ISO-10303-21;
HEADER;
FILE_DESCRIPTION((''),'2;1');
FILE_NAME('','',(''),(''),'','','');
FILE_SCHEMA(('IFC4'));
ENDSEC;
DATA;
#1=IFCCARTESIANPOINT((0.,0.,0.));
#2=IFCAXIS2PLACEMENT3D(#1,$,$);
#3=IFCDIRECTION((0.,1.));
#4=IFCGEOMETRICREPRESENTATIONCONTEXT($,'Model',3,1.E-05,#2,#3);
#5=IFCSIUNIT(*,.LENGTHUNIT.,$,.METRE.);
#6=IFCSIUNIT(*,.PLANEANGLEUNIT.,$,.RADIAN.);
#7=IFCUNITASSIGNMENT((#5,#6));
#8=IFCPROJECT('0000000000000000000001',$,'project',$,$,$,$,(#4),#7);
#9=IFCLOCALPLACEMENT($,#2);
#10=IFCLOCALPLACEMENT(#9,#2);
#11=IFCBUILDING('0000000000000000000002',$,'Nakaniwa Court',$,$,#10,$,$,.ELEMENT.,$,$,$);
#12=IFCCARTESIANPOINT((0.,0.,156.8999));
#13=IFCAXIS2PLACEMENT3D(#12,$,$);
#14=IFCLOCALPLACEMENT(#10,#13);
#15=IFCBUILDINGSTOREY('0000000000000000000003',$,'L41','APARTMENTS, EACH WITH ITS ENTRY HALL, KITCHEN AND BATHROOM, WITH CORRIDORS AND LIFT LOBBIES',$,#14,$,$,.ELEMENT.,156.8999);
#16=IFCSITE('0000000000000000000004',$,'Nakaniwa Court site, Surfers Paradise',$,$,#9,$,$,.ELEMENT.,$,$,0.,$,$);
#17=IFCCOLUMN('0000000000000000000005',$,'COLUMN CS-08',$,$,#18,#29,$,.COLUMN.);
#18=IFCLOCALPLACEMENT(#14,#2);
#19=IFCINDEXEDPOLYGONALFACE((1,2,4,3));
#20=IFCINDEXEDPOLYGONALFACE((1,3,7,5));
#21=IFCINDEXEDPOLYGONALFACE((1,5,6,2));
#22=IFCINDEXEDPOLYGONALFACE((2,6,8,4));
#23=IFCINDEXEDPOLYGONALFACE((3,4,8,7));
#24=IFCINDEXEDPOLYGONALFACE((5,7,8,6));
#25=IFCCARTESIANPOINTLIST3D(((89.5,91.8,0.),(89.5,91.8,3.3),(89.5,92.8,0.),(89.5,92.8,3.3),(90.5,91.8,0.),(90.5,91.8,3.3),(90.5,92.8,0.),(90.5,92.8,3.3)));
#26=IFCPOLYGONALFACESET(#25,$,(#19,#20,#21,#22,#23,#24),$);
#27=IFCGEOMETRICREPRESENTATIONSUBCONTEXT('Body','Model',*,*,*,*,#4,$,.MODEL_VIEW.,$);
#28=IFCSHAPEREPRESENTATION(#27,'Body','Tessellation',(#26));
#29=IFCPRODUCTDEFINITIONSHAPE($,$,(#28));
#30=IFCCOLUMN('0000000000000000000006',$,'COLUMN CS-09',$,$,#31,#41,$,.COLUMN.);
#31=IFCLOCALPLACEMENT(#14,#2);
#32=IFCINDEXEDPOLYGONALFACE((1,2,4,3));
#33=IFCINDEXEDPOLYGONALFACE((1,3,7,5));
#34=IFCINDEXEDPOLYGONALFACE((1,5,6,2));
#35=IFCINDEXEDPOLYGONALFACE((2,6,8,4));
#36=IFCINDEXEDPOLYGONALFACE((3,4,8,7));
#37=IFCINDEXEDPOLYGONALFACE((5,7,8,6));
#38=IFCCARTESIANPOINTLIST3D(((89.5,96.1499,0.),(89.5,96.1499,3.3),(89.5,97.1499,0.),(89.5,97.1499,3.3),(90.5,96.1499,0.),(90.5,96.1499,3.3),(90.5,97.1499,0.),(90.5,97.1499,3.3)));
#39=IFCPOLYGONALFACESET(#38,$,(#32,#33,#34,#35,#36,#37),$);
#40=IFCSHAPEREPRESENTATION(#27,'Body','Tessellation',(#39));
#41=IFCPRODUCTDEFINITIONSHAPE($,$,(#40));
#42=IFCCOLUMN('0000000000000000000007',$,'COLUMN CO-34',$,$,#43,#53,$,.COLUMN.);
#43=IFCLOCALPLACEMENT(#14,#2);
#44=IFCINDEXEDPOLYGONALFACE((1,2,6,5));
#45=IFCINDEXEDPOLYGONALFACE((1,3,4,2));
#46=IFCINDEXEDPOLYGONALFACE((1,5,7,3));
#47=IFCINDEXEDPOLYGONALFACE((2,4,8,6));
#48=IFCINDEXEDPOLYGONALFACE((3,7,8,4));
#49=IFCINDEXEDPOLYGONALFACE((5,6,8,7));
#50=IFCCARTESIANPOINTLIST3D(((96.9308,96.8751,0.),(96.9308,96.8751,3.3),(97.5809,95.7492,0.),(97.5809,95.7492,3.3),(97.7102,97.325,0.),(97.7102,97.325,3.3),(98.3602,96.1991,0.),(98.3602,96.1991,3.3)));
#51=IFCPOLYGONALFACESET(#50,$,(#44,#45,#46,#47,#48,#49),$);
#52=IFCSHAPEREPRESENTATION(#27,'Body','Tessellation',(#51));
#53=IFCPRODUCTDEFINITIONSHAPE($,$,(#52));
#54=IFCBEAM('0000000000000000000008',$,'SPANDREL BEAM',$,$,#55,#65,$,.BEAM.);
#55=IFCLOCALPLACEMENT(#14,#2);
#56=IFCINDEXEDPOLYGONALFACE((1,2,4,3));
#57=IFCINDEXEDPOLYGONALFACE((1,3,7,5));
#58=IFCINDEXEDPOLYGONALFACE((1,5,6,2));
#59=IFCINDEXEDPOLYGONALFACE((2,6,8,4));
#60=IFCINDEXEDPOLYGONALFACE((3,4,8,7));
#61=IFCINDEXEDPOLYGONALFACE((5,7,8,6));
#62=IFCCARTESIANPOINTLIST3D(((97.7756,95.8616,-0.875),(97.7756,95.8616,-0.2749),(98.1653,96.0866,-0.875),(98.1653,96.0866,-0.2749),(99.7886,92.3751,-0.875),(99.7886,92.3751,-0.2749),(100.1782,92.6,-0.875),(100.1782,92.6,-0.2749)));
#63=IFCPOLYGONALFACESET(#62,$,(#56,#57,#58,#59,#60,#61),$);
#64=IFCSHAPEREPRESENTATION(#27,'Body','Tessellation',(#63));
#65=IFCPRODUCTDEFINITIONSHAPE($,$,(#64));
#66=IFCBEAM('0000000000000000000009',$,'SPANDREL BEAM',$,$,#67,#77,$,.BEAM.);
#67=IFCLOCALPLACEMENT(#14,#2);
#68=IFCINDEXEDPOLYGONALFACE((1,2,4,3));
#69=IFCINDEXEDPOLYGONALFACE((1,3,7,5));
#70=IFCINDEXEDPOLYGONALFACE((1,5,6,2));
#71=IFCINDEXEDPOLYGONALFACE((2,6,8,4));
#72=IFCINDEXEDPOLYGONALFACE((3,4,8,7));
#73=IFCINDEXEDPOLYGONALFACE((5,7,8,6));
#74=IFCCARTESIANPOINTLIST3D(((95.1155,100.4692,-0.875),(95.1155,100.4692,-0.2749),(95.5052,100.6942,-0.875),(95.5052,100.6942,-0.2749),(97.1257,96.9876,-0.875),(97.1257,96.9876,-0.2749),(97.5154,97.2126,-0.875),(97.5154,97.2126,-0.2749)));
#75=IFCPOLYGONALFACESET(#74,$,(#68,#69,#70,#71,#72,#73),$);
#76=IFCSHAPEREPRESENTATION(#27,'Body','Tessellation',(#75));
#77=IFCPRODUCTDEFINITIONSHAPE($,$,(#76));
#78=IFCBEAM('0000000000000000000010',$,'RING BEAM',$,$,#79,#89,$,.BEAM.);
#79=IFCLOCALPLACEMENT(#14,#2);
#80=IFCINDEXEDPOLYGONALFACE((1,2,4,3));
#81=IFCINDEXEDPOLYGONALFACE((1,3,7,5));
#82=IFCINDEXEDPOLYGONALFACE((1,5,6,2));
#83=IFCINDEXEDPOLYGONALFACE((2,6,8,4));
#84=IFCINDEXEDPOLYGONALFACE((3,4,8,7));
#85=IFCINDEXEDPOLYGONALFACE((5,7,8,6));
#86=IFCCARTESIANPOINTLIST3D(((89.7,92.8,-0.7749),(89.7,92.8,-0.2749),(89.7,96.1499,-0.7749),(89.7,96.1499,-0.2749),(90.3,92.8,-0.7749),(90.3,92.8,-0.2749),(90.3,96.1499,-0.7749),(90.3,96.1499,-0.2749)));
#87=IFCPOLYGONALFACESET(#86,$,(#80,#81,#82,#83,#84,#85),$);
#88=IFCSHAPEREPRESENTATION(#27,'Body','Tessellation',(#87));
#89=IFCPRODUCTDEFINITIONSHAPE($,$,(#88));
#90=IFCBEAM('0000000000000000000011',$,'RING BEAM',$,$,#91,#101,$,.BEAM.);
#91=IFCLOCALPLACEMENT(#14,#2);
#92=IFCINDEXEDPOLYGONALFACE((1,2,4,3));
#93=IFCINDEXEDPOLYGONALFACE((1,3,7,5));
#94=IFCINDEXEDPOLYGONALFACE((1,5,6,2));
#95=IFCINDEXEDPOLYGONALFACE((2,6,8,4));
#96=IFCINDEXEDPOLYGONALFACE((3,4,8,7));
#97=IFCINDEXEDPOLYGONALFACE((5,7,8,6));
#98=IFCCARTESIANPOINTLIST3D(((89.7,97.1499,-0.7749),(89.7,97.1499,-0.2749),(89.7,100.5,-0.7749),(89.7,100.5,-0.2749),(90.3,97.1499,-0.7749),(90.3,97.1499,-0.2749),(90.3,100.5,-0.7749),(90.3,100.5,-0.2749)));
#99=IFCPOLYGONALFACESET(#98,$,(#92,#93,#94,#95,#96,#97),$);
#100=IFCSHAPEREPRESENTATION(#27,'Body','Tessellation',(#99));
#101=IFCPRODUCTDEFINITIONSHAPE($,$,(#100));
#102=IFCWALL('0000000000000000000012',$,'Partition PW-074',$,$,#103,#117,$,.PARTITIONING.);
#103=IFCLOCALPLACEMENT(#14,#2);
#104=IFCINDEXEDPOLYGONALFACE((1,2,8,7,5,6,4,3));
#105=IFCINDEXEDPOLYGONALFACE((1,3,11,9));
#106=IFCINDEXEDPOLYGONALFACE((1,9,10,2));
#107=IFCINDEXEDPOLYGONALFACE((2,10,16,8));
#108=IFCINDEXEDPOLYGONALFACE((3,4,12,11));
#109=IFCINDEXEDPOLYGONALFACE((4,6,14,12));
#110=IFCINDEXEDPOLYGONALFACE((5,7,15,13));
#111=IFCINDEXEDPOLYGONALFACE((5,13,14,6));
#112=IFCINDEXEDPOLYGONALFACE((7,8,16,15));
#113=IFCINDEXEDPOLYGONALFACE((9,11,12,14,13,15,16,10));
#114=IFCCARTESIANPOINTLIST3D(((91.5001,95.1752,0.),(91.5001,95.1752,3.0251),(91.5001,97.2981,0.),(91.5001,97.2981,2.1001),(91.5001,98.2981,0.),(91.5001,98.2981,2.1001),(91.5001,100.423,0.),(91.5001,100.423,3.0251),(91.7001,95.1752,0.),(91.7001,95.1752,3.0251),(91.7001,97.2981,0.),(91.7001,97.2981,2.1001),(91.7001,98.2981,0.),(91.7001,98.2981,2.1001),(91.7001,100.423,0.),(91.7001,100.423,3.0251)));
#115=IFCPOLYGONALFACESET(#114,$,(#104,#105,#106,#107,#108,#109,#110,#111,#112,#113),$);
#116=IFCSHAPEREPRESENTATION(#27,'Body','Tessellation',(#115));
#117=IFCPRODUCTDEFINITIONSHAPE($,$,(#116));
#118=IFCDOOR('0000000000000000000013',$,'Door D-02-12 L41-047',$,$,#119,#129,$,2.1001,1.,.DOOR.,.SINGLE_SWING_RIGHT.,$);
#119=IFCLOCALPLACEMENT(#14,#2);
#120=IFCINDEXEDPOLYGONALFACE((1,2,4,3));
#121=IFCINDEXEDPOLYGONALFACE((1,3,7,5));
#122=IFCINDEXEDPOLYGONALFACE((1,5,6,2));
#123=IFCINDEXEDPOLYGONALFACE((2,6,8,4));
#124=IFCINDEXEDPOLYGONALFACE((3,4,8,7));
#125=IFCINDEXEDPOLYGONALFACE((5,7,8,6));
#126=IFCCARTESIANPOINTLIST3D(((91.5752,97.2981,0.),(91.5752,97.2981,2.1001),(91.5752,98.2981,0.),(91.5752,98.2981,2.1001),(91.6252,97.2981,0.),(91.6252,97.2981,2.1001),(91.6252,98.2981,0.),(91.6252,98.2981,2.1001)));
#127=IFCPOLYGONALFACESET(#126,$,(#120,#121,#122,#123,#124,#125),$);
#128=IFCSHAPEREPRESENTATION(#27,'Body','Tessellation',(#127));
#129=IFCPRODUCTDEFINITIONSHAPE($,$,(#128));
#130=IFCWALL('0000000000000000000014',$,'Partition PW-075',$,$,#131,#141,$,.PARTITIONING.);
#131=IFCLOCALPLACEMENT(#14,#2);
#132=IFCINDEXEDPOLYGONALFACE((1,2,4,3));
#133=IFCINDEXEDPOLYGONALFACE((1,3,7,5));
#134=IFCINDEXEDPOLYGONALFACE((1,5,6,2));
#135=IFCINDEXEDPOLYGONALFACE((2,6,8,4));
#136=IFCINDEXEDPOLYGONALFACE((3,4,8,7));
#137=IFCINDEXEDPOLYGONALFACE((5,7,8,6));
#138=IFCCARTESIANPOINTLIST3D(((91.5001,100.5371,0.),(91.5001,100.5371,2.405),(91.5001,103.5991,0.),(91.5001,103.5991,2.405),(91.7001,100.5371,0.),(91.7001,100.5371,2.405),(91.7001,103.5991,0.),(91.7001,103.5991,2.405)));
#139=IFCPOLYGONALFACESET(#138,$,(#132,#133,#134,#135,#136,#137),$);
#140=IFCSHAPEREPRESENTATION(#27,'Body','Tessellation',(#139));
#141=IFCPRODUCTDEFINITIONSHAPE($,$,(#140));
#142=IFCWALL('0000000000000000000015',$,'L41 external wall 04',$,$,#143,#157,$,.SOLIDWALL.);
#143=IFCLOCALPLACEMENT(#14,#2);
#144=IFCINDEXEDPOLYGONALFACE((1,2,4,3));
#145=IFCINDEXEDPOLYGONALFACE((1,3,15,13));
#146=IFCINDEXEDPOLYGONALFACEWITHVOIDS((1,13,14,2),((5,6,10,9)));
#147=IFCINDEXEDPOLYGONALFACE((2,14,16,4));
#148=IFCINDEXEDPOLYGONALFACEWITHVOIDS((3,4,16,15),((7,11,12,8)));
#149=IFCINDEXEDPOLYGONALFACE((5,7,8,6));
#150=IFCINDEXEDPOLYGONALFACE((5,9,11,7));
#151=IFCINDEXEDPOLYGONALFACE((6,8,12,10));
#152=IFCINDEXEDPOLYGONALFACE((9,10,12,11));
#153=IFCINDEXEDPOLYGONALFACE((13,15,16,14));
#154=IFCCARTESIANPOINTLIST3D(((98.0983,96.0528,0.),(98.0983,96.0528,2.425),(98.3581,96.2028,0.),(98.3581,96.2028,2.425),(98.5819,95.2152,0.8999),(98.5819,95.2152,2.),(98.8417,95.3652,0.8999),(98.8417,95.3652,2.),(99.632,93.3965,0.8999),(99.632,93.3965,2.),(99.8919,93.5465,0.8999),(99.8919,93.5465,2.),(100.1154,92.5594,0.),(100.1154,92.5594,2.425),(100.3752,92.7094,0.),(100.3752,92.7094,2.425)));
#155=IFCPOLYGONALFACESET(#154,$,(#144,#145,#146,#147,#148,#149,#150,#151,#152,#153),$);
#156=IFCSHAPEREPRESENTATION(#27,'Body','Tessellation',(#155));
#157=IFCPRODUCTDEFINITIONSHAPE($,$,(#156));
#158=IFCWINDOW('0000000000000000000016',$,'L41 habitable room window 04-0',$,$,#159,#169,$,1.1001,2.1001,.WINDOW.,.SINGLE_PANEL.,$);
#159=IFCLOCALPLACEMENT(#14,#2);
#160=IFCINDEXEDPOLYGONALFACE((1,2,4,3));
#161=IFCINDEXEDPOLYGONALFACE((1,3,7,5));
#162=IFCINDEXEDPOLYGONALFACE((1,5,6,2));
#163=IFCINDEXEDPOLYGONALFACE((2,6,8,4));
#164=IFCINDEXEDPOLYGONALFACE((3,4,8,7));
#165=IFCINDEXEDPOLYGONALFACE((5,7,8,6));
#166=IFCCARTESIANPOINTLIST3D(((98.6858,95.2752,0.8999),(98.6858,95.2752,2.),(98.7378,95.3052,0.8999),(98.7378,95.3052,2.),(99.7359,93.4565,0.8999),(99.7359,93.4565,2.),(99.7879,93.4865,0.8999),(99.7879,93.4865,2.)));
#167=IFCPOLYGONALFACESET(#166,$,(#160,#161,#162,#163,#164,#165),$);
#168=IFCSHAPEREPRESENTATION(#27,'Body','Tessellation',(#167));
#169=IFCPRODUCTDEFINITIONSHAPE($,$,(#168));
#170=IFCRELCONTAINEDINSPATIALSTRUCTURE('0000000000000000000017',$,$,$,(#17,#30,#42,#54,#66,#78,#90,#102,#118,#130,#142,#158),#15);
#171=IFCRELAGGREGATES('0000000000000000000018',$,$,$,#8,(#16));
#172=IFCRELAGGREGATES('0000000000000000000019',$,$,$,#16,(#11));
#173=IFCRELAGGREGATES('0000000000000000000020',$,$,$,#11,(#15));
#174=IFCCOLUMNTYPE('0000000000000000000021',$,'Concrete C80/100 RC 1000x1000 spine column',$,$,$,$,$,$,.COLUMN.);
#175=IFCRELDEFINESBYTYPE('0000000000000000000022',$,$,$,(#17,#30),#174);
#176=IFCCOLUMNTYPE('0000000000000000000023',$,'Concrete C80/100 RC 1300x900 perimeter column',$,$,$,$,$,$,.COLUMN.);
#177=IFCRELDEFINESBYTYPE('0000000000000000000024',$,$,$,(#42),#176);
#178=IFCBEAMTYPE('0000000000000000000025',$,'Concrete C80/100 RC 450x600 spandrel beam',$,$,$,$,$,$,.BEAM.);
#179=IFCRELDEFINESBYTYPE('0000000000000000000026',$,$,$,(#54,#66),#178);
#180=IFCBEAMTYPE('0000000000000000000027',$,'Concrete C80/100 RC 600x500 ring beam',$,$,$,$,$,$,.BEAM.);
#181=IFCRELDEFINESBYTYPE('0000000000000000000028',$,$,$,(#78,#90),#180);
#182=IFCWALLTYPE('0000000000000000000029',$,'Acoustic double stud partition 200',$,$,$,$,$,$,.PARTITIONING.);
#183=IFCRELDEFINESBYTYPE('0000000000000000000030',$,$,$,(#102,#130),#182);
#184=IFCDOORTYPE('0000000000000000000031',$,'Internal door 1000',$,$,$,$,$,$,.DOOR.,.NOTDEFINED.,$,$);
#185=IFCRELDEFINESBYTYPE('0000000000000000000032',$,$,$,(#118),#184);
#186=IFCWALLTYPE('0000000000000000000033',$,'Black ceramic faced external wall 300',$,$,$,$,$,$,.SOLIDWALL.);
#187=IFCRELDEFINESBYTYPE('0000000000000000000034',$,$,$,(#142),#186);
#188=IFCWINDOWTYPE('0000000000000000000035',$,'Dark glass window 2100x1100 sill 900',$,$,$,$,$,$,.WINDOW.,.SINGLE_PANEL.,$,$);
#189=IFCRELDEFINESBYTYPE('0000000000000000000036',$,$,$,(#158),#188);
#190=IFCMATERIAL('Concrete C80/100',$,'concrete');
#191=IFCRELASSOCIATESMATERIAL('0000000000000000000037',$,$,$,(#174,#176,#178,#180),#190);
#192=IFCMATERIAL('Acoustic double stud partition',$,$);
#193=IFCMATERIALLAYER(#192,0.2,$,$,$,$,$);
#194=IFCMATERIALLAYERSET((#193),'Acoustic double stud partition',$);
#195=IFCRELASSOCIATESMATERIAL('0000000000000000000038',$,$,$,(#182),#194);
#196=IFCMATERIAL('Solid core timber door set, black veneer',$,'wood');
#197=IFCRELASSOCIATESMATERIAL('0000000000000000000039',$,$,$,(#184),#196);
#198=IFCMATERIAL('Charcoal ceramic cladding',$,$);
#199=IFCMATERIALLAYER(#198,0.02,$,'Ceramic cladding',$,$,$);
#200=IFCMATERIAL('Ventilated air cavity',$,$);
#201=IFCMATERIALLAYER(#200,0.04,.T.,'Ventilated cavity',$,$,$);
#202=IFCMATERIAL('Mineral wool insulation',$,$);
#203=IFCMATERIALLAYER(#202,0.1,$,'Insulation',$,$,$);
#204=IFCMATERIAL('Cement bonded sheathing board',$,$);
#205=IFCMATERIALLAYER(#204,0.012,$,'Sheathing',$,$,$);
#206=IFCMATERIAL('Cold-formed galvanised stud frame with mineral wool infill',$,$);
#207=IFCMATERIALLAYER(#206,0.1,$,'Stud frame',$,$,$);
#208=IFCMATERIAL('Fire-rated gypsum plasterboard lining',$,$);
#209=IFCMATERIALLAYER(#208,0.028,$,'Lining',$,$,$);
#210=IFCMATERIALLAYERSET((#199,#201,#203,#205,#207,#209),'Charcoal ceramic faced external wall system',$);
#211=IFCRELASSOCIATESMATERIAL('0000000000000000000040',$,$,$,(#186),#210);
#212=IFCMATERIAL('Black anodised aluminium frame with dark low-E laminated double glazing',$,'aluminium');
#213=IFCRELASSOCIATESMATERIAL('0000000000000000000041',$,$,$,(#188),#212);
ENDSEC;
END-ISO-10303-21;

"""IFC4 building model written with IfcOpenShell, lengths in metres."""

from ifc_helpers import new_model, si_unit, direction, frame, frame_2d, origin, origin_2d, place, context, subcontext, project, spatial, rectangle, extrude, material, layer, layer_set, material_profile, profile_set, type_object, element, fill, save


model = new_model("IFC4")

# Units and contexts
model_context = context("Model", 3, precision=1e-05, world=origin(), true_north=direction((0.0, 1.0)))
body_context = subcontext(model_context, "Body", "Model", "MODEL_VIEW")
ifc_project = project(units=[si_unit("LENGTHUNIT", "METRE"), si_unit("PLANEANGLEUNIT", "RADIAN")], contexts=[model_context])

# Site, building, storey
site_placement = place(None, origin())
site = spatial("IfcSite", under=ifc_project, at=site_placement, Name="Nakaniwa Court site, Surfers Paradise", CompositionType="ELEMENT", RefElevation=0.0)
building_placement = place(site_placement, origin())
building = spatial("IfcBuilding", under=site, at=building_placement, Name="Nakaniwa Court", CompositionType="ELEMENT")
storey_placement = place(building_placement, frame((0.0, 0.0, 156.8999)))
storey = spatial("IfcBuildingStorey", under=building, at=storey_placement, Name="L41", Description="APARTMENTS, EACH WITH ITS ENTRY HALL, KITCHEN AND BATHROOM, WITH CORRIDORS AND LIFT LOBBIES", CompositionType="ELEMENT", Elevation=156.8999)

# Columns
ifc_material_1 = material(Name="Concrete C80/100", Category="concrete")
ifc_material_profile_1 = material_profile(ifc_material_1, rectangle(XDim=1.0, YDim=1.0, at=origin_2d()), Name="Concrete C80/100 RC 1000x1000 spine column")
ifc_profile_set_1 = profile_set([ifc_material_profile_1], Name="Concrete C80/100")
column_type_1 = type_object("IfcColumnType", Name="Concrete C80/100 RC 1000x1000 spine column", PredefinedType="COLUMN", material=ifc_profile_set_1)
for number, where, z_axis, x_axis, name in (
    (1, (90.0, 92.3, 0.0), (0.0, 0.0, 1.0), (0.0, 1.0, 0.0), "COLUMN CS-08"),
    (2, (90.0, 96.6499, 0.0), (0.0, 0.0, 1.0), (0.0, 1.0, 0.0), "COLUMN CS-09"),
):
    element("IfcColumn", number, at=place(storey_placement, frame(where, z_axis=z_axis, x_axis=x_axis)), inside=storey, type_object=column_type_1, Name=name, PredefinedType="COLUMN", context=body_context, shape_type="SweptSolid", body=[
        extrude(rectangle(XDim=1.0, YDim=1.0, at=origin_2d()), origin(), (0.0, 0.0, 1.0), 3.3),
    ])
ifc_material_profile_2 = material_profile(ifc_material_1, rectangle(XDim=1.3, YDim=0.8999, at=origin_2d()), Name="Concrete C80/100 RC 1300x900 perimeter column")
ifc_profile_set_2 = profile_set([ifc_material_profile_2], Name="Concrete C80/100")
column_type_2 = type_object("IfcColumnType", Name="Concrete C80/100 RC 1300x900 perimeter column", PredefinedType="COLUMN", material=ifc_profile_set_2)
column_placement = place(storey_placement, frame((97.6455, 96.5371, 0.0), z_axis=(0.0, 0.0, 1.0), x_axis=(-0.5, 0.866025, 0.0)))
element("IfcColumn", 3, at=column_placement, inside=storey, type_object=column_type_2, Name="COLUMN CO-34", PredefinedType="COLUMN", context=body_context, shape_type="SweptSolid", body=[
    extrude(rectangle(XDim=1.3, YDim=0.8999, at=origin_2d()), origin(), (0.0, 0.0, 1.0), 3.3),
])

# Beams
ifc_material_profile_3 = material_profile(ifc_material_1, rectangle(XDim=0.45, YDim=0.6001, at=origin_2d()), Name="Concrete C80/100 RC 450x600 spandrel beam")
ifc_profile_set_3 = profile_set([ifc_material_profile_3], Name="Concrete C80/100")
beam_type_1 = type_object("IfcBeamType", Name="Concrete C80/100 RC 450x600 spandrel beam", PredefinedType="BEAM", material=ifc_profile_set_3)
beam_1_placement = place(storey_placement, frame((99.9834, 92.4875, -0.575), z_axis=(-0.499994, 0.866029, 0.0), x_axis=(-0.866029, -0.499994, 0.0)))
element("IfcBeam", 4, at=beam_1_placement, inside=storey, type_object=beam_type_1, Name="SPANDREL BEAM", PredefinedType="BEAM", context=body_context, shape_type="SweptSolid", body=[
    extrude(rectangle(XDim=0.45, YDim=0.6001, at=origin_2d()), origin(), (0.0, 0.0, 1.0), 4.0259),
])
beam_2_placement = place(storey_placement, frame((97.3206, 97.1001, -0.575), z_axis=(-0.500019, 0.866015, 0.0), x_axis=(-0.866015, -0.500019, 0.0)))
element("IfcBeam", 5, at=beam_2_placement, inside=storey, type_object=beam_type_1, Name="SPANDREL BEAM", PredefinedType="BEAM", context=body_context, shape_type="SweptSolid", body=[
    extrude(rectangle(XDim=0.45, YDim=0.6001, at=origin_2d()), origin(), (0.0, 0.0, 1.0), 4.0203),
])
ifc_material_profile_4 = material_profile(ifc_material_1, rectangle(XDim=0.6001, YDim=0.5, at=origin_2d()), Name="Concrete C80/100 RC 600x500 ring beam")
ifc_profile_set_4 = profile_set([ifc_material_profile_4], Name="Concrete C80/100")
beam_type_2 = type_object("IfcBeamType", Name="Concrete C80/100 RC 600x500 ring beam", PredefinedType="BEAM", material=ifc_profile_set_4)
beam_3_placement = place(storey_placement, frame((90.0, 92.8, -0.5249), z_axis=(0.0, 1.0, 0.0), x_axis=(-1.0, 0.0, 0.0)))
element("IfcBeam", 6, at=beam_3_placement, inside=storey, type_object=beam_type_2, Name="RING BEAM", PredefinedType="BEAM", context=body_context, shape_type="SweptSolid", body=[
    extrude(rectangle(XDim=0.6001, YDim=0.5, at=origin_2d()), origin(), (0.0, 0.0, 1.0), 3.3499),
])
beam_4_placement = place(storey_placement, frame((90.0, 97.1499, -0.5249), z_axis=(0.0, 1.0, 0.0), x_axis=(-1.0, 0.0, 0.0)))
element("IfcBeam", 7, at=beam_4_placement, inside=storey, type_object=beam_type_2, Name="RING BEAM", PredefinedType="BEAM", context=body_context, shape_type="SweptSolid", body=[
    extrude(rectangle(XDim=0.6001, YDim=0.5, at=origin_2d()), origin(), (0.0, 0.0, 1.0), 3.3501),
])

# Wall, opening, door
ifc_material_2 = material(Name="Acoustic double stud partition")
ifc_layer_1 = layer(ifc_material_2, 0.2)
ifc_layer_set_1 = layer_set([ifc_layer_1], Name="Acoustic double stud partition")
wall_type_1 = type_object("IfcWallType", Name="Acoustic double stud partition 200", PredefinedType="PARTITIONING", material=ifc_layer_set_1)
wall_1_placement = place(storey_placement, frame((91.6001, 95.175, 0.0), z_axis=(0.0, 0.0, 1.0), x_axis=(0.0, 1.0, 0.0)))
wall_1 = element("IfcWall", 8, at=wall_1_placement, inside=storey, type_object=wall_type_1, Name="Partition PW-074", PredefinedType="PARTITIONING", context=body_context, shape_type="SweptSolid", body=[
    extrude(rectangle(XDim=5.2478, YDim=0.2, at=frame_2d((2.624, 0.0))), origin(), (0.0, 0.0, 1.0), 3.0251),
])
opening_1_placement = place(wall_1_placement, frame((2.123, 0.0, 0.0)))
opening_1 = element("IfcOpeningElement", 9, at=opening_1_placement, cuts=wall_1, PredefinedType="OPENING", context=body_context, shape_type="SweptSolid", body=[
    extrude(rectangle(XDim=1.0, YDim=2.1001, at=frame_2d((0.5, 1.05))), frame((0.0, 0.1099, 0.0), z_axis=(0.0, -1.0, 0.0), x_axis=(1.0, 0.0, 0.0)), (0.0, 0.0, 1.0), 0.22),
])
ifc_material_3 = material(Name="Solid core timber door set, black veneer", Category="wood")
door_type = type_object("IfcDoorType", Name="Internal door 1000", OperationType="NOTDEFINED", PredefinedType="DOOR", material=ifc_material_3)
door_placement = place(opening_1_placement, origin())
door = element("IfcDoor", 10, at=door_placement, inside=storey, type_object=door_type, Name="Door D-02-12 L41-047", OperationType="SINGLE_SWING_RIGHT", OverallHeight=2.1001, OverallWidth=1.0, PredefinedType="DOOR", context=body_context, shape_type="SweptSolid", body=[
    extrude(rectangle(XDim=1.0, YDim=2.1001, at=frame_2d((0.5, 1.05))), frame((0.0, 0.0249, 0.0), z_axis=(0.0, -1.0, 0.0), x_axis=(1.0, 0.0, 0.0)), (0.0, 0.0, 1.0), 0.05),
])
fill(opening_1, door)

# Wall
wall_2_placement = place(storey_placement, frame((91.6001, 100.5371, 0.0), z_axis=(0.0, 0.0, 1.0), x_axis=(0.0, 1.0, 0.0)))
element("IfcWall", 11, at=wall_2_placement, inside=storey, type_object=wall_type_1, Name="Partition PW-075", PredefinedType="PARTITIONING", context=body_context, shape_type="SweptSolid", body=[
    extrude(rectangle(XDim=3.062, YDim=0.2, at=frame_2d((1.531, 0.0))), origin(), (0.0, 0.0, 1.0), 2.405),
])

# Wall, opening, window
ifc_material_4 = material(Name="Charcoal ceramic cladding")
ifc_layer_2 = layer(ifc_material_4, 0.02, Name="Ceramic cladding")
ifc_material_5 = material(Name="Ventilated air cavity")
ifc_layer_3 = layer(ifc_material_5, 0.04, ventilated=True, Name="Ventilated cavity")
ifc_material_6 = material(Name="Mineral wool insulation")
ifc_layer_4 = layer(ifc_material_6, 0.1, Name="Insulation")
ifc_material_7 = material(Name="Cement bonded sheathing board")
ifc_layer_5 = layer(ifc_material_7, 0.012, Name="Sheathing")
ifc_material_8 = material(Name="Cold-formed galvanised stud frame with mineral wool infill")
ifc_layer_6 = layer(ifc_material_8, 0.1, Name="Stud frame")
ifc_material_9 = material(Name="Fire-rated gypsum plasterboard lining")
ifc_layer_7 = layer(ifc_material_9, 0.028, Name="Lining")
ifc_layer_set_2 = layer_set([ifc_layer_2, ifc_layer_3, ifc_layer_4, ifc_layer_5, ifc_layer_6, ifc_layer_7], Name="Charcoal ceramic faced external wall system")
wall_type_2 = type_object("IfcWallType", Name="Black ceramic faced external wall 300", PredefinedType="SOLIDWALL", material=ifc_layer_set_2)
wall_3_placement = place(storey_placement, frame((100.2454, 92.6343, 0.0), z_axis=(0.0, 0.0, 1.0), x_axis=(-0.500032, 0.866007, 0.0)))
wall_3 = element("IfcWall", 12, at=wall_3_placement, inside=storey, type_object=wall_type_2, Name="L41 external wall 04", PredefinedType="SOLIDWALL", context=body_context, shape_type="SweptSolid", body=[
    extrude(rectangle(XDim=4.0339, YDim=0.3, at=frame_2d((2.0171, 0.0))), origin(), (0.0, 0.0, 1.0), 2.425),
])
opening_2_placement = place(wall_3_placement, frame((0.9668, 0.0, 0.8999)))
opening_2 = element("IfcOpeningElement", 13, at=opening_2_placement, cuts=wall_3, PredefinedType="OPENING", context=body_context, shape_type="SweptSolid", body=[
    extrude(rectangle(XDim=2.1001, YDim=1.1001, at=frame_2d((1.05, 0.55))), frame((0.0, 0.1599, 0.0), z_axis=(0.0, -1.0, 0.0), x_axis=(1.0, 0.0, 0.0)), (0.0, 0.0, 1.0), 0.3201),
])
ifc_material_10 = material(Name="Black anodised aluminium frame with dark low-E laminated double glazing", Category="aluminium")
window_type = type_object("IfcWindowType", Name="Dark glass window 2100x1100 sill 900", PartitioningType="SINGLE_PANEL", PredefinedType="WINDOW", material=ifc_material_10)
window_1_placement = place(opening_2_placement, origin())
window_1 = element("IfcWindow", 14, at=window_1_placement, inside=storey, type_object=window_type, Name="L41 habitable room window 04-0", OverallHeight=1.1001, OverallWidth=2.1001, PartitioningType="SINGLE_PANEL", PredefinedType="WINDOW", context=body_context, shape_type="SweptSolid", body=[
    extrude(rectangle(XDim=2.1001, YDim=1.1001, at=frame_2d((1.05, 0.55))), frame((0.0, 0.03, 0.0), z_axis=(0.0, -1.0, 0.0), x_axis=(1.0, 0.0, 0.0)), (0.0, 0.0, 1.0), 0.0601),
])
fill(opening_2, window_1)

save(model, "model.ifc")
